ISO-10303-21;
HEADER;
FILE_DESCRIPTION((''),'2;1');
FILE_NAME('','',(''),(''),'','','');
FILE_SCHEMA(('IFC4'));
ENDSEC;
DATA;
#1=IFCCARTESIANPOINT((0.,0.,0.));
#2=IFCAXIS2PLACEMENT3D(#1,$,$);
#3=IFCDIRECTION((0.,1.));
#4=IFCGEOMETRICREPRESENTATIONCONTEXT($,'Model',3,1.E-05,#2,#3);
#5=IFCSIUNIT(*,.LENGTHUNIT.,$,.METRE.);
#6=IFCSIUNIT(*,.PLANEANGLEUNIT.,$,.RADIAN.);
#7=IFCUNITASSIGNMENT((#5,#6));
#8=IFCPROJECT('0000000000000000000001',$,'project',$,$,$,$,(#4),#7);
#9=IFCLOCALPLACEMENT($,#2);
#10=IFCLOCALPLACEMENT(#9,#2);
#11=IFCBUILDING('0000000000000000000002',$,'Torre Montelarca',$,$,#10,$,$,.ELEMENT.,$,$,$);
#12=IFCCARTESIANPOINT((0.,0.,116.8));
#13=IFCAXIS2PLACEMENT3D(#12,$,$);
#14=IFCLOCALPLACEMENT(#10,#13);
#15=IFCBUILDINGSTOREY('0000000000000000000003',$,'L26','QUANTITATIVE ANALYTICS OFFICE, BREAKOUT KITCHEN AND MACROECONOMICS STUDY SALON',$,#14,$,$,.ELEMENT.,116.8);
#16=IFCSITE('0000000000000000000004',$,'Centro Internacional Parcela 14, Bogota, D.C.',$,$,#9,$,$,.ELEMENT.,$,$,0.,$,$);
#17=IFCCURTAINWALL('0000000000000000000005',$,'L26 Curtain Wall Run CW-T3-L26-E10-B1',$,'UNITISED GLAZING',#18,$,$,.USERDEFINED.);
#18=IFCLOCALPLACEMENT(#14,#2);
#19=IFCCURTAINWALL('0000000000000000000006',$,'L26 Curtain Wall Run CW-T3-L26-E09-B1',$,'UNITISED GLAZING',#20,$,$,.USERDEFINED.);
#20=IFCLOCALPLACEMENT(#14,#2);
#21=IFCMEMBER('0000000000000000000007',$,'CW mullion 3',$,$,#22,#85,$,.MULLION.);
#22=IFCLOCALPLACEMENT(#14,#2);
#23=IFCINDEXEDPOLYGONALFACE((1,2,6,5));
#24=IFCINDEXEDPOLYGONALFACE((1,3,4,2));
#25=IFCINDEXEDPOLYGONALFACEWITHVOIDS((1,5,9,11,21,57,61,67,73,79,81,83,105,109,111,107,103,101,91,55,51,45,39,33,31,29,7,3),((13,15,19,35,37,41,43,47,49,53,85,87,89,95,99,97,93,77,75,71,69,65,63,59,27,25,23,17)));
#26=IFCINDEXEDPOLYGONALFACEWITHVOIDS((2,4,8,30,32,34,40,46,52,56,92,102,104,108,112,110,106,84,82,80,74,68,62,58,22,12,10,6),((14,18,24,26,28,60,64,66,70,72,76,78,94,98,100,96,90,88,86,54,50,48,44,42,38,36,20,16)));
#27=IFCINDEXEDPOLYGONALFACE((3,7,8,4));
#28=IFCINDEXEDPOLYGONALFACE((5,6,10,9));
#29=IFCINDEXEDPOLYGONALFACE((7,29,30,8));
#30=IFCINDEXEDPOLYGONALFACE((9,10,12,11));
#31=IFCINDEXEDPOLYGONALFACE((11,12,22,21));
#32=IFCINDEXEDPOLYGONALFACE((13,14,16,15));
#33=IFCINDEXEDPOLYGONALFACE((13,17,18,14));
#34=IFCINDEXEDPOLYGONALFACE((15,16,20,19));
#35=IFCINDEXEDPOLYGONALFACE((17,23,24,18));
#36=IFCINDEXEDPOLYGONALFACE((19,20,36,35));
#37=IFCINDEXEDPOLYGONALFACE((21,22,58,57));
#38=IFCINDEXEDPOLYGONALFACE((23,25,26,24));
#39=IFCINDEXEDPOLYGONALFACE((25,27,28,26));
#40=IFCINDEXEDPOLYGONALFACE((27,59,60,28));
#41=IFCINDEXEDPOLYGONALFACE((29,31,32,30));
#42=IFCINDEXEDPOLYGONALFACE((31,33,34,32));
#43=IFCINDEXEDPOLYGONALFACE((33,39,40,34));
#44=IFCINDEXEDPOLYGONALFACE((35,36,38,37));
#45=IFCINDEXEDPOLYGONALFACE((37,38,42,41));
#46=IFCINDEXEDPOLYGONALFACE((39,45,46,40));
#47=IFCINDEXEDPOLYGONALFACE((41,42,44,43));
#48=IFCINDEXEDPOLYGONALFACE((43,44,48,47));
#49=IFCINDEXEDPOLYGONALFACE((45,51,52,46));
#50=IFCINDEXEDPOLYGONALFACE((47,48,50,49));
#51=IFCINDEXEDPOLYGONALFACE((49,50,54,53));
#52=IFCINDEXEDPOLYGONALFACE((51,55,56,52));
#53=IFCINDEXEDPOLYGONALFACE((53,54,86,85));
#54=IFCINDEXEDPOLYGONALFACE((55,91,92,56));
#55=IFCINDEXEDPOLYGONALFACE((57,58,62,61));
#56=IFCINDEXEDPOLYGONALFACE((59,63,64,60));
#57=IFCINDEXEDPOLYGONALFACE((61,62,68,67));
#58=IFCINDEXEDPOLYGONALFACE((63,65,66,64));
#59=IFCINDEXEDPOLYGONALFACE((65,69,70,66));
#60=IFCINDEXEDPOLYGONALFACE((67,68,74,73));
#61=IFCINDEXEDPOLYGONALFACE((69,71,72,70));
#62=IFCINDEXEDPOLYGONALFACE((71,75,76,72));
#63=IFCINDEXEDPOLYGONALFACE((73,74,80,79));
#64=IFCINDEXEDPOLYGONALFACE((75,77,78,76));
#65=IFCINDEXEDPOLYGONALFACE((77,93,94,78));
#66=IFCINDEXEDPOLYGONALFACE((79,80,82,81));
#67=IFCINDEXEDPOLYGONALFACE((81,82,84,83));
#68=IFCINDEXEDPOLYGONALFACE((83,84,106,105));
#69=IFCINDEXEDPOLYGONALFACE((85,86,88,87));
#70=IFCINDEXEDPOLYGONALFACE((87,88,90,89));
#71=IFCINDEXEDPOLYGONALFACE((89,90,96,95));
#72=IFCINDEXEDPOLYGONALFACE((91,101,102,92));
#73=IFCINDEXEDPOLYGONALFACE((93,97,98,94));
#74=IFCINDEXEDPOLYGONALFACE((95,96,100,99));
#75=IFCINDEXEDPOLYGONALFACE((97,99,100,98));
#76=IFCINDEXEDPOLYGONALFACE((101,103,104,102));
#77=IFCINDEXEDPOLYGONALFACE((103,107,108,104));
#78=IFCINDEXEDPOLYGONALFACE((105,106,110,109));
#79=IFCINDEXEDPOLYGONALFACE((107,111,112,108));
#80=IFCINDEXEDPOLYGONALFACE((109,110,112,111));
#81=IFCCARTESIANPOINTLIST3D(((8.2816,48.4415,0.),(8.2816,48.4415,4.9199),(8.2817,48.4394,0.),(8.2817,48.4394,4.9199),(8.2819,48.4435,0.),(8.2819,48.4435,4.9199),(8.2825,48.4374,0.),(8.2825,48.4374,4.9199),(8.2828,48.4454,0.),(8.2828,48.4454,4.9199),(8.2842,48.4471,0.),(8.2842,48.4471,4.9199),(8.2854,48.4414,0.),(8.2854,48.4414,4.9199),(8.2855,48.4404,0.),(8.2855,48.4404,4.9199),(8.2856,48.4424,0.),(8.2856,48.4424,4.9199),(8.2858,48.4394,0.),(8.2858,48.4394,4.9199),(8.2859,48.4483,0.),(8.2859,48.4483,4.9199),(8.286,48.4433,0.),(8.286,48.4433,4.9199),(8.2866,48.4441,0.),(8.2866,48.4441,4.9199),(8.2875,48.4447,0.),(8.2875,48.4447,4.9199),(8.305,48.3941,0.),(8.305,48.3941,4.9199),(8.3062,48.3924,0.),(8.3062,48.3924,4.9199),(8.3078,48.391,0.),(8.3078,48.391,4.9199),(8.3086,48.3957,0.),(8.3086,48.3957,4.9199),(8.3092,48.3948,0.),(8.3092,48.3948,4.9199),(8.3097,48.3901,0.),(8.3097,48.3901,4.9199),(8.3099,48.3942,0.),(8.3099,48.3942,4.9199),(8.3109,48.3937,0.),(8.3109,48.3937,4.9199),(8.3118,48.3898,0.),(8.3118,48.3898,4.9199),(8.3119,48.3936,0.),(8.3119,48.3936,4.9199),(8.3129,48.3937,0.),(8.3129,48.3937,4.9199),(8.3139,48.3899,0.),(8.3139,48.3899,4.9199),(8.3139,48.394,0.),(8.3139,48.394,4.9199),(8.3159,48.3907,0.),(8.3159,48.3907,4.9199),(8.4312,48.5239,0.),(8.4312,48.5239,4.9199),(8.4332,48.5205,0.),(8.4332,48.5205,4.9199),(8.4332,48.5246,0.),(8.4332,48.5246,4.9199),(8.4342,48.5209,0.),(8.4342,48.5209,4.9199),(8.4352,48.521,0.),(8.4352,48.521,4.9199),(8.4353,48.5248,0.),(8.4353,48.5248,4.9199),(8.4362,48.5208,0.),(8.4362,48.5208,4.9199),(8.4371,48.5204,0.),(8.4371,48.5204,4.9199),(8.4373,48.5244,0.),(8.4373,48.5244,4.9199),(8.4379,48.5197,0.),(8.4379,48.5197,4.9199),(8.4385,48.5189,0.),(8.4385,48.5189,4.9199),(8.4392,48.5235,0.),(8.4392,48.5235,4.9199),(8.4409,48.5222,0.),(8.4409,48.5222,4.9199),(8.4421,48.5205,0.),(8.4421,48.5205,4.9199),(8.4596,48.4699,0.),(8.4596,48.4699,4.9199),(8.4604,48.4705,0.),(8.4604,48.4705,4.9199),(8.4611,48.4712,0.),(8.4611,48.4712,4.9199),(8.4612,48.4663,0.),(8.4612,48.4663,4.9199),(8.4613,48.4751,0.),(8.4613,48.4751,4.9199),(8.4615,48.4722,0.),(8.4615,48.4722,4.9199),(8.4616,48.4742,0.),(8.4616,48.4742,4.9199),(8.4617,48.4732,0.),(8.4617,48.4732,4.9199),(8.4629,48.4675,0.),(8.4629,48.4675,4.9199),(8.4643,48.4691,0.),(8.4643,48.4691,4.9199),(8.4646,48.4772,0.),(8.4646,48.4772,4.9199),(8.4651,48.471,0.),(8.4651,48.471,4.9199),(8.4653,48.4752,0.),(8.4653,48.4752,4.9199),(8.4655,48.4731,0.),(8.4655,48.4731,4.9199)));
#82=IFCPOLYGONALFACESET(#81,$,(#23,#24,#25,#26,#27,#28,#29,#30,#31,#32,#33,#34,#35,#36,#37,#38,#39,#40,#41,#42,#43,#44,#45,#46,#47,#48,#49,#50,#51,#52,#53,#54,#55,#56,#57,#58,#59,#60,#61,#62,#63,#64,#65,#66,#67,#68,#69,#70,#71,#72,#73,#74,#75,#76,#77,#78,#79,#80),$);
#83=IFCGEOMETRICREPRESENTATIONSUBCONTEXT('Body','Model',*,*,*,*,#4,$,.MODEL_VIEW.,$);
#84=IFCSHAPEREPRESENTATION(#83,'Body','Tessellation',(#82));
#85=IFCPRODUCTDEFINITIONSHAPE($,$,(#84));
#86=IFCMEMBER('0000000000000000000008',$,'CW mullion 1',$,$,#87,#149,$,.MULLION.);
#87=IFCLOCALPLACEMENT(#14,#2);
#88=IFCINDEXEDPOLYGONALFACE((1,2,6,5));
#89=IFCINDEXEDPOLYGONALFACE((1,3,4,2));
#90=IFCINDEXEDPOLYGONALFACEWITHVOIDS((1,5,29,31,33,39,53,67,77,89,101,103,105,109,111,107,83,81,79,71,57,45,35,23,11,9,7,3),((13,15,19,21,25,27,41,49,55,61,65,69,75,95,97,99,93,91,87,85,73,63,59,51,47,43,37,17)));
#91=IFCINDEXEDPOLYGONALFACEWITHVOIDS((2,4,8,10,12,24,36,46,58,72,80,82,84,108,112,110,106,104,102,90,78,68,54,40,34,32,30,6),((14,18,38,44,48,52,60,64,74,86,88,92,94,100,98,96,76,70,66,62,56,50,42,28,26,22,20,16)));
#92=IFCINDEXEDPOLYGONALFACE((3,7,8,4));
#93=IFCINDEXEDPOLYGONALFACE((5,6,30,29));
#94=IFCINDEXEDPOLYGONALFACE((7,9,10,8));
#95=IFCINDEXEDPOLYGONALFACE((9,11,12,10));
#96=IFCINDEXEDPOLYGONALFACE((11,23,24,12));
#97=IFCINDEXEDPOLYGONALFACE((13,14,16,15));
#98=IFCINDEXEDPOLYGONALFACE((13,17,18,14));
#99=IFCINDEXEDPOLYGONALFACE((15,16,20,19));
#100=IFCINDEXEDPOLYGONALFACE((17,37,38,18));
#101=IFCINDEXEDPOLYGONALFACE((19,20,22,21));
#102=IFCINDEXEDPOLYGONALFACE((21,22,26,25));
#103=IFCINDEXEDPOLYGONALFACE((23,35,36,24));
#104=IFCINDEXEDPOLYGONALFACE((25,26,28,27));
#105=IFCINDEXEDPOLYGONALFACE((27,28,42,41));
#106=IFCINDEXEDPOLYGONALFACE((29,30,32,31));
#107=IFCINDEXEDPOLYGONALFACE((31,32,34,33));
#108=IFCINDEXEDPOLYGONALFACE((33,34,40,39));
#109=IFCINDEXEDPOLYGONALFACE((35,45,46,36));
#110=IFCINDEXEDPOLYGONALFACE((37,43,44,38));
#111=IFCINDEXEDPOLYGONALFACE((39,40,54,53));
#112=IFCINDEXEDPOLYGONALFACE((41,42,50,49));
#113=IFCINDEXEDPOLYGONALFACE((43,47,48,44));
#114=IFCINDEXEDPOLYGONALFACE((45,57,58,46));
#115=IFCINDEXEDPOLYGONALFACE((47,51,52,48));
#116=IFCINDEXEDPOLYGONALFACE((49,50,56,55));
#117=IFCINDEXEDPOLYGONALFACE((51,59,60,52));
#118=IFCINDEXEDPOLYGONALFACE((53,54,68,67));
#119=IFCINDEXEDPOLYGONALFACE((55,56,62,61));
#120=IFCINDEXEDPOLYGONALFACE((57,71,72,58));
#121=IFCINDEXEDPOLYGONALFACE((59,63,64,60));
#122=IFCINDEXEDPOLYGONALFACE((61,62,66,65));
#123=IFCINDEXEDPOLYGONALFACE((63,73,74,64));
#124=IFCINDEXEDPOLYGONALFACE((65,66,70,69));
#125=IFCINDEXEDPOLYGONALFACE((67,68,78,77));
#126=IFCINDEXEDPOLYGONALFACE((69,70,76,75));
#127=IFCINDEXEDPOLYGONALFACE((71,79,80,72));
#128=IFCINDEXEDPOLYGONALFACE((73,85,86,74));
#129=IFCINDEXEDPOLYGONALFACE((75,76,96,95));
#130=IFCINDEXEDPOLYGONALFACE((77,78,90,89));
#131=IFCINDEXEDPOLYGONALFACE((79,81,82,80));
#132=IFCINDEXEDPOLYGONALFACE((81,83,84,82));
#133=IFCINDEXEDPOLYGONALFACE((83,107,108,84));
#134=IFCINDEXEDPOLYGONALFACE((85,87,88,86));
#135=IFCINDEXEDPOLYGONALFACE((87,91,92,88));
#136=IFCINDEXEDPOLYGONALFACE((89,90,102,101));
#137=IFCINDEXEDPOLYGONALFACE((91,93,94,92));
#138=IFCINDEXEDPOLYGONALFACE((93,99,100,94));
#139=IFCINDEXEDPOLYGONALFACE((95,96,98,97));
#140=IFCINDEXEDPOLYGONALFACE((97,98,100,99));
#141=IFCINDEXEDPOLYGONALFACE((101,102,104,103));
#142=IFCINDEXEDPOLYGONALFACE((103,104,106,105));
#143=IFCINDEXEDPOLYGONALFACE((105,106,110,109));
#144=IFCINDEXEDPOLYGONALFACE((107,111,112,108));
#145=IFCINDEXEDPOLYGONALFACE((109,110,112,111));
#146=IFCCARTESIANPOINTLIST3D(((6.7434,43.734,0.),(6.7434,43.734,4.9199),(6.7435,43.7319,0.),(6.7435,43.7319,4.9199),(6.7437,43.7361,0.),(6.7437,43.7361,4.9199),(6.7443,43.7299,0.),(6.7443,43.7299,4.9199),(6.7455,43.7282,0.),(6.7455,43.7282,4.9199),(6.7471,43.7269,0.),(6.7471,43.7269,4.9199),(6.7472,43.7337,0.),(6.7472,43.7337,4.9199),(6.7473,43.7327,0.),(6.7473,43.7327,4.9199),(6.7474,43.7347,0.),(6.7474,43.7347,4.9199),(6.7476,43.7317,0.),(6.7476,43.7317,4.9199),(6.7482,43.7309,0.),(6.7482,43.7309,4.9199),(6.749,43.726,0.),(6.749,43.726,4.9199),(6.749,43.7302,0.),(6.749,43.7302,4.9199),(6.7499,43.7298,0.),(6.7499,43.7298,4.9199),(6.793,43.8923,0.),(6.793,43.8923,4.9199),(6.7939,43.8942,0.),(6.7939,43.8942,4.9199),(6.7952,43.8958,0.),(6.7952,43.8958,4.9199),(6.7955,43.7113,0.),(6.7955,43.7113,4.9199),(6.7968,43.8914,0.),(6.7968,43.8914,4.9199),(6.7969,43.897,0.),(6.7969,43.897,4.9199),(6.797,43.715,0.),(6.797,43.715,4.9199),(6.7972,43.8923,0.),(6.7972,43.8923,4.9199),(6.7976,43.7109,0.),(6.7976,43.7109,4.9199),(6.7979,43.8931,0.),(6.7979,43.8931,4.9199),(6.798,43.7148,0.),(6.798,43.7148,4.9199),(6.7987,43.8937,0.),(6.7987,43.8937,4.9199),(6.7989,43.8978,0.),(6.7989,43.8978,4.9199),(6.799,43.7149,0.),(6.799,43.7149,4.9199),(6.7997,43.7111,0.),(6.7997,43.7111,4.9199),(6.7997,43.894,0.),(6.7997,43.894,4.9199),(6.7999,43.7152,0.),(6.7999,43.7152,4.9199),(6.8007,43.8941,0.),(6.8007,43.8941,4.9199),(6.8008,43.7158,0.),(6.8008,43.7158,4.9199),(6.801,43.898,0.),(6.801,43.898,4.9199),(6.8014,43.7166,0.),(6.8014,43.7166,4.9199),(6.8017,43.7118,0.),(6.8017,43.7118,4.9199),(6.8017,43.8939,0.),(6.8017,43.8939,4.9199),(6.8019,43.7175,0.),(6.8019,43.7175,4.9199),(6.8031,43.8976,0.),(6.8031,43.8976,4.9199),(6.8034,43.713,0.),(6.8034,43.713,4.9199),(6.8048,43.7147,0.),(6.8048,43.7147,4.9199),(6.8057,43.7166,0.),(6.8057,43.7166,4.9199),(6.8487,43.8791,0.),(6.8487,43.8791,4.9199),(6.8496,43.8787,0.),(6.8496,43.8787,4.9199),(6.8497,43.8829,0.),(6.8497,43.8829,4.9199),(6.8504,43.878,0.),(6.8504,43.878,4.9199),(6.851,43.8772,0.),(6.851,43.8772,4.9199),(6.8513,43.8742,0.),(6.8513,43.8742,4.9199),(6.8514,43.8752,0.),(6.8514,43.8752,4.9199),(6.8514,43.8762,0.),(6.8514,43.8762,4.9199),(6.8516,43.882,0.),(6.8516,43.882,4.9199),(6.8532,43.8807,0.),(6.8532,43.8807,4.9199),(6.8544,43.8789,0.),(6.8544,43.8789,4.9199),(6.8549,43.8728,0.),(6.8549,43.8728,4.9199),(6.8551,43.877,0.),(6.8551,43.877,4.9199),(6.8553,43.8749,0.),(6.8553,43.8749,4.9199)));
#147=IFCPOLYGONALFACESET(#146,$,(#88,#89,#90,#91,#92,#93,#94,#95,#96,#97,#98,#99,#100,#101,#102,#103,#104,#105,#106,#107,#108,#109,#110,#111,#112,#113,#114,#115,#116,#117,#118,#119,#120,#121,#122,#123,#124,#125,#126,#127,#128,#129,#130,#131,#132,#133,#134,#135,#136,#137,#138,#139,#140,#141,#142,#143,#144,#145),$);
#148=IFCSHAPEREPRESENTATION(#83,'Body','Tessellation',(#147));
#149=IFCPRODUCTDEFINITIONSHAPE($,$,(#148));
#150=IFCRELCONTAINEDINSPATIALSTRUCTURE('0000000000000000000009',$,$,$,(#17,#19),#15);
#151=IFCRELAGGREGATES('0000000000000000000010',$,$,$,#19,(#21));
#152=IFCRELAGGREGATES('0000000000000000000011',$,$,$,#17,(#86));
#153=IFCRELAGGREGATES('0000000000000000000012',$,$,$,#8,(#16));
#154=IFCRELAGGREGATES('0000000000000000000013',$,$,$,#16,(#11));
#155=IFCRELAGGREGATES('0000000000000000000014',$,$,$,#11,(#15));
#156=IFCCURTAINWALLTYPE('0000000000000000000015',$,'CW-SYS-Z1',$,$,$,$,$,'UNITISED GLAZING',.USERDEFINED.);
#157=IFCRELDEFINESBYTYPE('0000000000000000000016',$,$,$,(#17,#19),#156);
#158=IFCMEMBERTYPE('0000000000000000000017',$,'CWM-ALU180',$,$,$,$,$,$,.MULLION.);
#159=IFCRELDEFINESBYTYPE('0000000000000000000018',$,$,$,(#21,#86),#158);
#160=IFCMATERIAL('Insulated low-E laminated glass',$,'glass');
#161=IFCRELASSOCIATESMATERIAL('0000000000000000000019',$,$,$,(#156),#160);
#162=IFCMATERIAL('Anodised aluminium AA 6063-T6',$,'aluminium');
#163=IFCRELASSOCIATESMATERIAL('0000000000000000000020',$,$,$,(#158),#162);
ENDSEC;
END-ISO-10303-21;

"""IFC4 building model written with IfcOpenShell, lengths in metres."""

from ifc_helpers import new_model, si_unit, direction, frame, origin, origin_2d, place, context, subcontext, project, spatial, hollow_rectangle, extrude, source, transform, mapped, material, material_profile, profile_set, type_object, element, aggregate, save


model = new_model("IFC4")

# Units and contexts
model_context = context("Model", 3, precision=1e-05, world=origin(), true_north=direction((0.0, 1.0)))
body_context = subcontext(model_context, "Body", "Model", "MODEL_VIEW")
ifc_project = project(units=[si_unit("LENGTHUNIT", "METRE"), si_unit("PLANEANGLEUNIT", "RADIAN")], contexts=[model_context])

# Site, building, storey
site_placement = place(None, origin())
site = spatial("IfcSite", under=ifc_project, at=site_placement, Name="Centro Internacional Parcela 14, Bogota, D.C.", CompositionType="ELEMENT", RefElevation=0.0)
building_placement = place(site_placement, origin())
building = spatial("IfcBuilding", under=site, at=building_placement, Name="Torre Montelarca", CompositionType="ELEMENT")
storey_placement = place(building_placement, frame((0.0, 0.0, 116.8)))
storey = spatial("IfcBuildingStorey", under=building, at=storey_placement, Name="L26", Description="QUANTITATIVE ANALYTICS OFFICE, BREAKOUT KITCHEN AND MACROECONOMICS STUDY SALON", CompositionType="ELEMENT", Elevation=116.8)

# Curtain wall
ifc_material_1 = material(Name="Insulated low-E laminated glass", Category="glass")
curtain_wall_type = type_object("IfcCurtainWallType", Name="CW-SYS-Z1", ElementType="UNITISED GLAZING", PredefinedType="USERDEFINED", material=ifc_material_1)
curtain_wall_1_placement = place(storey_placement, origin())
curtain_wall_1 = element("IfcCurtainWall", 1, at=curtain_wall_1_placement, inside=storey, type_object=curtain_wall_type, Name="L26 Curtain Wall Run CW-T3-L26-E10-B1", ObjectType="UNITISED GLAZING", PredefinedType="USERDEFINED")
ifc_material_2 = material(Name="Anodised aluminium AA 6063-T6", Category="aluminium")

# Curtain wall, member
curtain_wall_2_placement = place(storey_placement, origin())
curtain_wall_2 = element("IfcCurtainWall", 2, at=curtain_wall_2_placement, inside=storey, type_object=curtain_wall_type, Name="L26 Curtain Wall Run CW-T3-L26-E09-B1", ObjectType="UNITISED GLAZING", PredefinedType="USERDEFINED")
ifc_material_profile_1 = material_profile(ifc_material_2, hollow_rectangle(XDim=0.0649, YDim=0.1799, WallThickness=0.0039, InnerFilletRadius=0.0039, OuterFilletRadius=0.0081, at=origin_2d()), Name="ALU65X180X4", Category="aluminium")
ifc_profile_set_1 = profile_set([ifc_material_profile_1], Name="Anodised aluminium AA 6063-T6")
member_type_1 = type_object("IfcMemberType", Name="CWM-ALU180", PredefinedType="MULLION", material=ifc_profile_set_1)
shared_shape_1 = source(origin(), body_context, "Body", "SweptSolid", [
    extrude(hollow_rectangle(XDim=0.0649, YDim=0.1799, WallThickness=0.0039, InnerFilletRadius=0.0039, OuterFilletRadius=0.0081, at=origin_2d()), origin(), (0.0, 0.0, 1.0), 4.9199),
])
member_1_placement = place(storey_placement, frame((8.3735, 48.4573, 0.0), z_axis=(0.0, 0.0, 1.0), x_axis=(0.461729, -0.887021, 0.0)))
member_1 = element("IfcMember", 3, at=member_1_placement, type_object=member_type_1, Name="CW mullion 3", PredefinedType="MULLION", context=body_context, shape_type="MappedRepresentation", body=[
    mapped(shared_shape_1, transform((0.0, 0.0, 0.0), scale=1.0)),
])
aggregate(curtain_wall_2, [member_1])

# Member
member_2_placement = place(storey_placement, frame((6.7993, 43.8044, 0.0), z_axis=(0.0, 0.0, 1.0), x_axis=(0.953719, -0.300699, 0.0)))
member_2 = element("IfcMember", 4, at=member_2_placement, type_object=member_type_1, Name="CW mullion 1", PredefinedType="MULLION", context=body_context, shape_type="MappedRepresentation", body=[
    mapped(shared_shape_1, transform((0.0, 0.0, 0.0), scale=1.0)),
])

aggregate(curtain_wall_1, [member_2])

save(model, "model.ifc")
